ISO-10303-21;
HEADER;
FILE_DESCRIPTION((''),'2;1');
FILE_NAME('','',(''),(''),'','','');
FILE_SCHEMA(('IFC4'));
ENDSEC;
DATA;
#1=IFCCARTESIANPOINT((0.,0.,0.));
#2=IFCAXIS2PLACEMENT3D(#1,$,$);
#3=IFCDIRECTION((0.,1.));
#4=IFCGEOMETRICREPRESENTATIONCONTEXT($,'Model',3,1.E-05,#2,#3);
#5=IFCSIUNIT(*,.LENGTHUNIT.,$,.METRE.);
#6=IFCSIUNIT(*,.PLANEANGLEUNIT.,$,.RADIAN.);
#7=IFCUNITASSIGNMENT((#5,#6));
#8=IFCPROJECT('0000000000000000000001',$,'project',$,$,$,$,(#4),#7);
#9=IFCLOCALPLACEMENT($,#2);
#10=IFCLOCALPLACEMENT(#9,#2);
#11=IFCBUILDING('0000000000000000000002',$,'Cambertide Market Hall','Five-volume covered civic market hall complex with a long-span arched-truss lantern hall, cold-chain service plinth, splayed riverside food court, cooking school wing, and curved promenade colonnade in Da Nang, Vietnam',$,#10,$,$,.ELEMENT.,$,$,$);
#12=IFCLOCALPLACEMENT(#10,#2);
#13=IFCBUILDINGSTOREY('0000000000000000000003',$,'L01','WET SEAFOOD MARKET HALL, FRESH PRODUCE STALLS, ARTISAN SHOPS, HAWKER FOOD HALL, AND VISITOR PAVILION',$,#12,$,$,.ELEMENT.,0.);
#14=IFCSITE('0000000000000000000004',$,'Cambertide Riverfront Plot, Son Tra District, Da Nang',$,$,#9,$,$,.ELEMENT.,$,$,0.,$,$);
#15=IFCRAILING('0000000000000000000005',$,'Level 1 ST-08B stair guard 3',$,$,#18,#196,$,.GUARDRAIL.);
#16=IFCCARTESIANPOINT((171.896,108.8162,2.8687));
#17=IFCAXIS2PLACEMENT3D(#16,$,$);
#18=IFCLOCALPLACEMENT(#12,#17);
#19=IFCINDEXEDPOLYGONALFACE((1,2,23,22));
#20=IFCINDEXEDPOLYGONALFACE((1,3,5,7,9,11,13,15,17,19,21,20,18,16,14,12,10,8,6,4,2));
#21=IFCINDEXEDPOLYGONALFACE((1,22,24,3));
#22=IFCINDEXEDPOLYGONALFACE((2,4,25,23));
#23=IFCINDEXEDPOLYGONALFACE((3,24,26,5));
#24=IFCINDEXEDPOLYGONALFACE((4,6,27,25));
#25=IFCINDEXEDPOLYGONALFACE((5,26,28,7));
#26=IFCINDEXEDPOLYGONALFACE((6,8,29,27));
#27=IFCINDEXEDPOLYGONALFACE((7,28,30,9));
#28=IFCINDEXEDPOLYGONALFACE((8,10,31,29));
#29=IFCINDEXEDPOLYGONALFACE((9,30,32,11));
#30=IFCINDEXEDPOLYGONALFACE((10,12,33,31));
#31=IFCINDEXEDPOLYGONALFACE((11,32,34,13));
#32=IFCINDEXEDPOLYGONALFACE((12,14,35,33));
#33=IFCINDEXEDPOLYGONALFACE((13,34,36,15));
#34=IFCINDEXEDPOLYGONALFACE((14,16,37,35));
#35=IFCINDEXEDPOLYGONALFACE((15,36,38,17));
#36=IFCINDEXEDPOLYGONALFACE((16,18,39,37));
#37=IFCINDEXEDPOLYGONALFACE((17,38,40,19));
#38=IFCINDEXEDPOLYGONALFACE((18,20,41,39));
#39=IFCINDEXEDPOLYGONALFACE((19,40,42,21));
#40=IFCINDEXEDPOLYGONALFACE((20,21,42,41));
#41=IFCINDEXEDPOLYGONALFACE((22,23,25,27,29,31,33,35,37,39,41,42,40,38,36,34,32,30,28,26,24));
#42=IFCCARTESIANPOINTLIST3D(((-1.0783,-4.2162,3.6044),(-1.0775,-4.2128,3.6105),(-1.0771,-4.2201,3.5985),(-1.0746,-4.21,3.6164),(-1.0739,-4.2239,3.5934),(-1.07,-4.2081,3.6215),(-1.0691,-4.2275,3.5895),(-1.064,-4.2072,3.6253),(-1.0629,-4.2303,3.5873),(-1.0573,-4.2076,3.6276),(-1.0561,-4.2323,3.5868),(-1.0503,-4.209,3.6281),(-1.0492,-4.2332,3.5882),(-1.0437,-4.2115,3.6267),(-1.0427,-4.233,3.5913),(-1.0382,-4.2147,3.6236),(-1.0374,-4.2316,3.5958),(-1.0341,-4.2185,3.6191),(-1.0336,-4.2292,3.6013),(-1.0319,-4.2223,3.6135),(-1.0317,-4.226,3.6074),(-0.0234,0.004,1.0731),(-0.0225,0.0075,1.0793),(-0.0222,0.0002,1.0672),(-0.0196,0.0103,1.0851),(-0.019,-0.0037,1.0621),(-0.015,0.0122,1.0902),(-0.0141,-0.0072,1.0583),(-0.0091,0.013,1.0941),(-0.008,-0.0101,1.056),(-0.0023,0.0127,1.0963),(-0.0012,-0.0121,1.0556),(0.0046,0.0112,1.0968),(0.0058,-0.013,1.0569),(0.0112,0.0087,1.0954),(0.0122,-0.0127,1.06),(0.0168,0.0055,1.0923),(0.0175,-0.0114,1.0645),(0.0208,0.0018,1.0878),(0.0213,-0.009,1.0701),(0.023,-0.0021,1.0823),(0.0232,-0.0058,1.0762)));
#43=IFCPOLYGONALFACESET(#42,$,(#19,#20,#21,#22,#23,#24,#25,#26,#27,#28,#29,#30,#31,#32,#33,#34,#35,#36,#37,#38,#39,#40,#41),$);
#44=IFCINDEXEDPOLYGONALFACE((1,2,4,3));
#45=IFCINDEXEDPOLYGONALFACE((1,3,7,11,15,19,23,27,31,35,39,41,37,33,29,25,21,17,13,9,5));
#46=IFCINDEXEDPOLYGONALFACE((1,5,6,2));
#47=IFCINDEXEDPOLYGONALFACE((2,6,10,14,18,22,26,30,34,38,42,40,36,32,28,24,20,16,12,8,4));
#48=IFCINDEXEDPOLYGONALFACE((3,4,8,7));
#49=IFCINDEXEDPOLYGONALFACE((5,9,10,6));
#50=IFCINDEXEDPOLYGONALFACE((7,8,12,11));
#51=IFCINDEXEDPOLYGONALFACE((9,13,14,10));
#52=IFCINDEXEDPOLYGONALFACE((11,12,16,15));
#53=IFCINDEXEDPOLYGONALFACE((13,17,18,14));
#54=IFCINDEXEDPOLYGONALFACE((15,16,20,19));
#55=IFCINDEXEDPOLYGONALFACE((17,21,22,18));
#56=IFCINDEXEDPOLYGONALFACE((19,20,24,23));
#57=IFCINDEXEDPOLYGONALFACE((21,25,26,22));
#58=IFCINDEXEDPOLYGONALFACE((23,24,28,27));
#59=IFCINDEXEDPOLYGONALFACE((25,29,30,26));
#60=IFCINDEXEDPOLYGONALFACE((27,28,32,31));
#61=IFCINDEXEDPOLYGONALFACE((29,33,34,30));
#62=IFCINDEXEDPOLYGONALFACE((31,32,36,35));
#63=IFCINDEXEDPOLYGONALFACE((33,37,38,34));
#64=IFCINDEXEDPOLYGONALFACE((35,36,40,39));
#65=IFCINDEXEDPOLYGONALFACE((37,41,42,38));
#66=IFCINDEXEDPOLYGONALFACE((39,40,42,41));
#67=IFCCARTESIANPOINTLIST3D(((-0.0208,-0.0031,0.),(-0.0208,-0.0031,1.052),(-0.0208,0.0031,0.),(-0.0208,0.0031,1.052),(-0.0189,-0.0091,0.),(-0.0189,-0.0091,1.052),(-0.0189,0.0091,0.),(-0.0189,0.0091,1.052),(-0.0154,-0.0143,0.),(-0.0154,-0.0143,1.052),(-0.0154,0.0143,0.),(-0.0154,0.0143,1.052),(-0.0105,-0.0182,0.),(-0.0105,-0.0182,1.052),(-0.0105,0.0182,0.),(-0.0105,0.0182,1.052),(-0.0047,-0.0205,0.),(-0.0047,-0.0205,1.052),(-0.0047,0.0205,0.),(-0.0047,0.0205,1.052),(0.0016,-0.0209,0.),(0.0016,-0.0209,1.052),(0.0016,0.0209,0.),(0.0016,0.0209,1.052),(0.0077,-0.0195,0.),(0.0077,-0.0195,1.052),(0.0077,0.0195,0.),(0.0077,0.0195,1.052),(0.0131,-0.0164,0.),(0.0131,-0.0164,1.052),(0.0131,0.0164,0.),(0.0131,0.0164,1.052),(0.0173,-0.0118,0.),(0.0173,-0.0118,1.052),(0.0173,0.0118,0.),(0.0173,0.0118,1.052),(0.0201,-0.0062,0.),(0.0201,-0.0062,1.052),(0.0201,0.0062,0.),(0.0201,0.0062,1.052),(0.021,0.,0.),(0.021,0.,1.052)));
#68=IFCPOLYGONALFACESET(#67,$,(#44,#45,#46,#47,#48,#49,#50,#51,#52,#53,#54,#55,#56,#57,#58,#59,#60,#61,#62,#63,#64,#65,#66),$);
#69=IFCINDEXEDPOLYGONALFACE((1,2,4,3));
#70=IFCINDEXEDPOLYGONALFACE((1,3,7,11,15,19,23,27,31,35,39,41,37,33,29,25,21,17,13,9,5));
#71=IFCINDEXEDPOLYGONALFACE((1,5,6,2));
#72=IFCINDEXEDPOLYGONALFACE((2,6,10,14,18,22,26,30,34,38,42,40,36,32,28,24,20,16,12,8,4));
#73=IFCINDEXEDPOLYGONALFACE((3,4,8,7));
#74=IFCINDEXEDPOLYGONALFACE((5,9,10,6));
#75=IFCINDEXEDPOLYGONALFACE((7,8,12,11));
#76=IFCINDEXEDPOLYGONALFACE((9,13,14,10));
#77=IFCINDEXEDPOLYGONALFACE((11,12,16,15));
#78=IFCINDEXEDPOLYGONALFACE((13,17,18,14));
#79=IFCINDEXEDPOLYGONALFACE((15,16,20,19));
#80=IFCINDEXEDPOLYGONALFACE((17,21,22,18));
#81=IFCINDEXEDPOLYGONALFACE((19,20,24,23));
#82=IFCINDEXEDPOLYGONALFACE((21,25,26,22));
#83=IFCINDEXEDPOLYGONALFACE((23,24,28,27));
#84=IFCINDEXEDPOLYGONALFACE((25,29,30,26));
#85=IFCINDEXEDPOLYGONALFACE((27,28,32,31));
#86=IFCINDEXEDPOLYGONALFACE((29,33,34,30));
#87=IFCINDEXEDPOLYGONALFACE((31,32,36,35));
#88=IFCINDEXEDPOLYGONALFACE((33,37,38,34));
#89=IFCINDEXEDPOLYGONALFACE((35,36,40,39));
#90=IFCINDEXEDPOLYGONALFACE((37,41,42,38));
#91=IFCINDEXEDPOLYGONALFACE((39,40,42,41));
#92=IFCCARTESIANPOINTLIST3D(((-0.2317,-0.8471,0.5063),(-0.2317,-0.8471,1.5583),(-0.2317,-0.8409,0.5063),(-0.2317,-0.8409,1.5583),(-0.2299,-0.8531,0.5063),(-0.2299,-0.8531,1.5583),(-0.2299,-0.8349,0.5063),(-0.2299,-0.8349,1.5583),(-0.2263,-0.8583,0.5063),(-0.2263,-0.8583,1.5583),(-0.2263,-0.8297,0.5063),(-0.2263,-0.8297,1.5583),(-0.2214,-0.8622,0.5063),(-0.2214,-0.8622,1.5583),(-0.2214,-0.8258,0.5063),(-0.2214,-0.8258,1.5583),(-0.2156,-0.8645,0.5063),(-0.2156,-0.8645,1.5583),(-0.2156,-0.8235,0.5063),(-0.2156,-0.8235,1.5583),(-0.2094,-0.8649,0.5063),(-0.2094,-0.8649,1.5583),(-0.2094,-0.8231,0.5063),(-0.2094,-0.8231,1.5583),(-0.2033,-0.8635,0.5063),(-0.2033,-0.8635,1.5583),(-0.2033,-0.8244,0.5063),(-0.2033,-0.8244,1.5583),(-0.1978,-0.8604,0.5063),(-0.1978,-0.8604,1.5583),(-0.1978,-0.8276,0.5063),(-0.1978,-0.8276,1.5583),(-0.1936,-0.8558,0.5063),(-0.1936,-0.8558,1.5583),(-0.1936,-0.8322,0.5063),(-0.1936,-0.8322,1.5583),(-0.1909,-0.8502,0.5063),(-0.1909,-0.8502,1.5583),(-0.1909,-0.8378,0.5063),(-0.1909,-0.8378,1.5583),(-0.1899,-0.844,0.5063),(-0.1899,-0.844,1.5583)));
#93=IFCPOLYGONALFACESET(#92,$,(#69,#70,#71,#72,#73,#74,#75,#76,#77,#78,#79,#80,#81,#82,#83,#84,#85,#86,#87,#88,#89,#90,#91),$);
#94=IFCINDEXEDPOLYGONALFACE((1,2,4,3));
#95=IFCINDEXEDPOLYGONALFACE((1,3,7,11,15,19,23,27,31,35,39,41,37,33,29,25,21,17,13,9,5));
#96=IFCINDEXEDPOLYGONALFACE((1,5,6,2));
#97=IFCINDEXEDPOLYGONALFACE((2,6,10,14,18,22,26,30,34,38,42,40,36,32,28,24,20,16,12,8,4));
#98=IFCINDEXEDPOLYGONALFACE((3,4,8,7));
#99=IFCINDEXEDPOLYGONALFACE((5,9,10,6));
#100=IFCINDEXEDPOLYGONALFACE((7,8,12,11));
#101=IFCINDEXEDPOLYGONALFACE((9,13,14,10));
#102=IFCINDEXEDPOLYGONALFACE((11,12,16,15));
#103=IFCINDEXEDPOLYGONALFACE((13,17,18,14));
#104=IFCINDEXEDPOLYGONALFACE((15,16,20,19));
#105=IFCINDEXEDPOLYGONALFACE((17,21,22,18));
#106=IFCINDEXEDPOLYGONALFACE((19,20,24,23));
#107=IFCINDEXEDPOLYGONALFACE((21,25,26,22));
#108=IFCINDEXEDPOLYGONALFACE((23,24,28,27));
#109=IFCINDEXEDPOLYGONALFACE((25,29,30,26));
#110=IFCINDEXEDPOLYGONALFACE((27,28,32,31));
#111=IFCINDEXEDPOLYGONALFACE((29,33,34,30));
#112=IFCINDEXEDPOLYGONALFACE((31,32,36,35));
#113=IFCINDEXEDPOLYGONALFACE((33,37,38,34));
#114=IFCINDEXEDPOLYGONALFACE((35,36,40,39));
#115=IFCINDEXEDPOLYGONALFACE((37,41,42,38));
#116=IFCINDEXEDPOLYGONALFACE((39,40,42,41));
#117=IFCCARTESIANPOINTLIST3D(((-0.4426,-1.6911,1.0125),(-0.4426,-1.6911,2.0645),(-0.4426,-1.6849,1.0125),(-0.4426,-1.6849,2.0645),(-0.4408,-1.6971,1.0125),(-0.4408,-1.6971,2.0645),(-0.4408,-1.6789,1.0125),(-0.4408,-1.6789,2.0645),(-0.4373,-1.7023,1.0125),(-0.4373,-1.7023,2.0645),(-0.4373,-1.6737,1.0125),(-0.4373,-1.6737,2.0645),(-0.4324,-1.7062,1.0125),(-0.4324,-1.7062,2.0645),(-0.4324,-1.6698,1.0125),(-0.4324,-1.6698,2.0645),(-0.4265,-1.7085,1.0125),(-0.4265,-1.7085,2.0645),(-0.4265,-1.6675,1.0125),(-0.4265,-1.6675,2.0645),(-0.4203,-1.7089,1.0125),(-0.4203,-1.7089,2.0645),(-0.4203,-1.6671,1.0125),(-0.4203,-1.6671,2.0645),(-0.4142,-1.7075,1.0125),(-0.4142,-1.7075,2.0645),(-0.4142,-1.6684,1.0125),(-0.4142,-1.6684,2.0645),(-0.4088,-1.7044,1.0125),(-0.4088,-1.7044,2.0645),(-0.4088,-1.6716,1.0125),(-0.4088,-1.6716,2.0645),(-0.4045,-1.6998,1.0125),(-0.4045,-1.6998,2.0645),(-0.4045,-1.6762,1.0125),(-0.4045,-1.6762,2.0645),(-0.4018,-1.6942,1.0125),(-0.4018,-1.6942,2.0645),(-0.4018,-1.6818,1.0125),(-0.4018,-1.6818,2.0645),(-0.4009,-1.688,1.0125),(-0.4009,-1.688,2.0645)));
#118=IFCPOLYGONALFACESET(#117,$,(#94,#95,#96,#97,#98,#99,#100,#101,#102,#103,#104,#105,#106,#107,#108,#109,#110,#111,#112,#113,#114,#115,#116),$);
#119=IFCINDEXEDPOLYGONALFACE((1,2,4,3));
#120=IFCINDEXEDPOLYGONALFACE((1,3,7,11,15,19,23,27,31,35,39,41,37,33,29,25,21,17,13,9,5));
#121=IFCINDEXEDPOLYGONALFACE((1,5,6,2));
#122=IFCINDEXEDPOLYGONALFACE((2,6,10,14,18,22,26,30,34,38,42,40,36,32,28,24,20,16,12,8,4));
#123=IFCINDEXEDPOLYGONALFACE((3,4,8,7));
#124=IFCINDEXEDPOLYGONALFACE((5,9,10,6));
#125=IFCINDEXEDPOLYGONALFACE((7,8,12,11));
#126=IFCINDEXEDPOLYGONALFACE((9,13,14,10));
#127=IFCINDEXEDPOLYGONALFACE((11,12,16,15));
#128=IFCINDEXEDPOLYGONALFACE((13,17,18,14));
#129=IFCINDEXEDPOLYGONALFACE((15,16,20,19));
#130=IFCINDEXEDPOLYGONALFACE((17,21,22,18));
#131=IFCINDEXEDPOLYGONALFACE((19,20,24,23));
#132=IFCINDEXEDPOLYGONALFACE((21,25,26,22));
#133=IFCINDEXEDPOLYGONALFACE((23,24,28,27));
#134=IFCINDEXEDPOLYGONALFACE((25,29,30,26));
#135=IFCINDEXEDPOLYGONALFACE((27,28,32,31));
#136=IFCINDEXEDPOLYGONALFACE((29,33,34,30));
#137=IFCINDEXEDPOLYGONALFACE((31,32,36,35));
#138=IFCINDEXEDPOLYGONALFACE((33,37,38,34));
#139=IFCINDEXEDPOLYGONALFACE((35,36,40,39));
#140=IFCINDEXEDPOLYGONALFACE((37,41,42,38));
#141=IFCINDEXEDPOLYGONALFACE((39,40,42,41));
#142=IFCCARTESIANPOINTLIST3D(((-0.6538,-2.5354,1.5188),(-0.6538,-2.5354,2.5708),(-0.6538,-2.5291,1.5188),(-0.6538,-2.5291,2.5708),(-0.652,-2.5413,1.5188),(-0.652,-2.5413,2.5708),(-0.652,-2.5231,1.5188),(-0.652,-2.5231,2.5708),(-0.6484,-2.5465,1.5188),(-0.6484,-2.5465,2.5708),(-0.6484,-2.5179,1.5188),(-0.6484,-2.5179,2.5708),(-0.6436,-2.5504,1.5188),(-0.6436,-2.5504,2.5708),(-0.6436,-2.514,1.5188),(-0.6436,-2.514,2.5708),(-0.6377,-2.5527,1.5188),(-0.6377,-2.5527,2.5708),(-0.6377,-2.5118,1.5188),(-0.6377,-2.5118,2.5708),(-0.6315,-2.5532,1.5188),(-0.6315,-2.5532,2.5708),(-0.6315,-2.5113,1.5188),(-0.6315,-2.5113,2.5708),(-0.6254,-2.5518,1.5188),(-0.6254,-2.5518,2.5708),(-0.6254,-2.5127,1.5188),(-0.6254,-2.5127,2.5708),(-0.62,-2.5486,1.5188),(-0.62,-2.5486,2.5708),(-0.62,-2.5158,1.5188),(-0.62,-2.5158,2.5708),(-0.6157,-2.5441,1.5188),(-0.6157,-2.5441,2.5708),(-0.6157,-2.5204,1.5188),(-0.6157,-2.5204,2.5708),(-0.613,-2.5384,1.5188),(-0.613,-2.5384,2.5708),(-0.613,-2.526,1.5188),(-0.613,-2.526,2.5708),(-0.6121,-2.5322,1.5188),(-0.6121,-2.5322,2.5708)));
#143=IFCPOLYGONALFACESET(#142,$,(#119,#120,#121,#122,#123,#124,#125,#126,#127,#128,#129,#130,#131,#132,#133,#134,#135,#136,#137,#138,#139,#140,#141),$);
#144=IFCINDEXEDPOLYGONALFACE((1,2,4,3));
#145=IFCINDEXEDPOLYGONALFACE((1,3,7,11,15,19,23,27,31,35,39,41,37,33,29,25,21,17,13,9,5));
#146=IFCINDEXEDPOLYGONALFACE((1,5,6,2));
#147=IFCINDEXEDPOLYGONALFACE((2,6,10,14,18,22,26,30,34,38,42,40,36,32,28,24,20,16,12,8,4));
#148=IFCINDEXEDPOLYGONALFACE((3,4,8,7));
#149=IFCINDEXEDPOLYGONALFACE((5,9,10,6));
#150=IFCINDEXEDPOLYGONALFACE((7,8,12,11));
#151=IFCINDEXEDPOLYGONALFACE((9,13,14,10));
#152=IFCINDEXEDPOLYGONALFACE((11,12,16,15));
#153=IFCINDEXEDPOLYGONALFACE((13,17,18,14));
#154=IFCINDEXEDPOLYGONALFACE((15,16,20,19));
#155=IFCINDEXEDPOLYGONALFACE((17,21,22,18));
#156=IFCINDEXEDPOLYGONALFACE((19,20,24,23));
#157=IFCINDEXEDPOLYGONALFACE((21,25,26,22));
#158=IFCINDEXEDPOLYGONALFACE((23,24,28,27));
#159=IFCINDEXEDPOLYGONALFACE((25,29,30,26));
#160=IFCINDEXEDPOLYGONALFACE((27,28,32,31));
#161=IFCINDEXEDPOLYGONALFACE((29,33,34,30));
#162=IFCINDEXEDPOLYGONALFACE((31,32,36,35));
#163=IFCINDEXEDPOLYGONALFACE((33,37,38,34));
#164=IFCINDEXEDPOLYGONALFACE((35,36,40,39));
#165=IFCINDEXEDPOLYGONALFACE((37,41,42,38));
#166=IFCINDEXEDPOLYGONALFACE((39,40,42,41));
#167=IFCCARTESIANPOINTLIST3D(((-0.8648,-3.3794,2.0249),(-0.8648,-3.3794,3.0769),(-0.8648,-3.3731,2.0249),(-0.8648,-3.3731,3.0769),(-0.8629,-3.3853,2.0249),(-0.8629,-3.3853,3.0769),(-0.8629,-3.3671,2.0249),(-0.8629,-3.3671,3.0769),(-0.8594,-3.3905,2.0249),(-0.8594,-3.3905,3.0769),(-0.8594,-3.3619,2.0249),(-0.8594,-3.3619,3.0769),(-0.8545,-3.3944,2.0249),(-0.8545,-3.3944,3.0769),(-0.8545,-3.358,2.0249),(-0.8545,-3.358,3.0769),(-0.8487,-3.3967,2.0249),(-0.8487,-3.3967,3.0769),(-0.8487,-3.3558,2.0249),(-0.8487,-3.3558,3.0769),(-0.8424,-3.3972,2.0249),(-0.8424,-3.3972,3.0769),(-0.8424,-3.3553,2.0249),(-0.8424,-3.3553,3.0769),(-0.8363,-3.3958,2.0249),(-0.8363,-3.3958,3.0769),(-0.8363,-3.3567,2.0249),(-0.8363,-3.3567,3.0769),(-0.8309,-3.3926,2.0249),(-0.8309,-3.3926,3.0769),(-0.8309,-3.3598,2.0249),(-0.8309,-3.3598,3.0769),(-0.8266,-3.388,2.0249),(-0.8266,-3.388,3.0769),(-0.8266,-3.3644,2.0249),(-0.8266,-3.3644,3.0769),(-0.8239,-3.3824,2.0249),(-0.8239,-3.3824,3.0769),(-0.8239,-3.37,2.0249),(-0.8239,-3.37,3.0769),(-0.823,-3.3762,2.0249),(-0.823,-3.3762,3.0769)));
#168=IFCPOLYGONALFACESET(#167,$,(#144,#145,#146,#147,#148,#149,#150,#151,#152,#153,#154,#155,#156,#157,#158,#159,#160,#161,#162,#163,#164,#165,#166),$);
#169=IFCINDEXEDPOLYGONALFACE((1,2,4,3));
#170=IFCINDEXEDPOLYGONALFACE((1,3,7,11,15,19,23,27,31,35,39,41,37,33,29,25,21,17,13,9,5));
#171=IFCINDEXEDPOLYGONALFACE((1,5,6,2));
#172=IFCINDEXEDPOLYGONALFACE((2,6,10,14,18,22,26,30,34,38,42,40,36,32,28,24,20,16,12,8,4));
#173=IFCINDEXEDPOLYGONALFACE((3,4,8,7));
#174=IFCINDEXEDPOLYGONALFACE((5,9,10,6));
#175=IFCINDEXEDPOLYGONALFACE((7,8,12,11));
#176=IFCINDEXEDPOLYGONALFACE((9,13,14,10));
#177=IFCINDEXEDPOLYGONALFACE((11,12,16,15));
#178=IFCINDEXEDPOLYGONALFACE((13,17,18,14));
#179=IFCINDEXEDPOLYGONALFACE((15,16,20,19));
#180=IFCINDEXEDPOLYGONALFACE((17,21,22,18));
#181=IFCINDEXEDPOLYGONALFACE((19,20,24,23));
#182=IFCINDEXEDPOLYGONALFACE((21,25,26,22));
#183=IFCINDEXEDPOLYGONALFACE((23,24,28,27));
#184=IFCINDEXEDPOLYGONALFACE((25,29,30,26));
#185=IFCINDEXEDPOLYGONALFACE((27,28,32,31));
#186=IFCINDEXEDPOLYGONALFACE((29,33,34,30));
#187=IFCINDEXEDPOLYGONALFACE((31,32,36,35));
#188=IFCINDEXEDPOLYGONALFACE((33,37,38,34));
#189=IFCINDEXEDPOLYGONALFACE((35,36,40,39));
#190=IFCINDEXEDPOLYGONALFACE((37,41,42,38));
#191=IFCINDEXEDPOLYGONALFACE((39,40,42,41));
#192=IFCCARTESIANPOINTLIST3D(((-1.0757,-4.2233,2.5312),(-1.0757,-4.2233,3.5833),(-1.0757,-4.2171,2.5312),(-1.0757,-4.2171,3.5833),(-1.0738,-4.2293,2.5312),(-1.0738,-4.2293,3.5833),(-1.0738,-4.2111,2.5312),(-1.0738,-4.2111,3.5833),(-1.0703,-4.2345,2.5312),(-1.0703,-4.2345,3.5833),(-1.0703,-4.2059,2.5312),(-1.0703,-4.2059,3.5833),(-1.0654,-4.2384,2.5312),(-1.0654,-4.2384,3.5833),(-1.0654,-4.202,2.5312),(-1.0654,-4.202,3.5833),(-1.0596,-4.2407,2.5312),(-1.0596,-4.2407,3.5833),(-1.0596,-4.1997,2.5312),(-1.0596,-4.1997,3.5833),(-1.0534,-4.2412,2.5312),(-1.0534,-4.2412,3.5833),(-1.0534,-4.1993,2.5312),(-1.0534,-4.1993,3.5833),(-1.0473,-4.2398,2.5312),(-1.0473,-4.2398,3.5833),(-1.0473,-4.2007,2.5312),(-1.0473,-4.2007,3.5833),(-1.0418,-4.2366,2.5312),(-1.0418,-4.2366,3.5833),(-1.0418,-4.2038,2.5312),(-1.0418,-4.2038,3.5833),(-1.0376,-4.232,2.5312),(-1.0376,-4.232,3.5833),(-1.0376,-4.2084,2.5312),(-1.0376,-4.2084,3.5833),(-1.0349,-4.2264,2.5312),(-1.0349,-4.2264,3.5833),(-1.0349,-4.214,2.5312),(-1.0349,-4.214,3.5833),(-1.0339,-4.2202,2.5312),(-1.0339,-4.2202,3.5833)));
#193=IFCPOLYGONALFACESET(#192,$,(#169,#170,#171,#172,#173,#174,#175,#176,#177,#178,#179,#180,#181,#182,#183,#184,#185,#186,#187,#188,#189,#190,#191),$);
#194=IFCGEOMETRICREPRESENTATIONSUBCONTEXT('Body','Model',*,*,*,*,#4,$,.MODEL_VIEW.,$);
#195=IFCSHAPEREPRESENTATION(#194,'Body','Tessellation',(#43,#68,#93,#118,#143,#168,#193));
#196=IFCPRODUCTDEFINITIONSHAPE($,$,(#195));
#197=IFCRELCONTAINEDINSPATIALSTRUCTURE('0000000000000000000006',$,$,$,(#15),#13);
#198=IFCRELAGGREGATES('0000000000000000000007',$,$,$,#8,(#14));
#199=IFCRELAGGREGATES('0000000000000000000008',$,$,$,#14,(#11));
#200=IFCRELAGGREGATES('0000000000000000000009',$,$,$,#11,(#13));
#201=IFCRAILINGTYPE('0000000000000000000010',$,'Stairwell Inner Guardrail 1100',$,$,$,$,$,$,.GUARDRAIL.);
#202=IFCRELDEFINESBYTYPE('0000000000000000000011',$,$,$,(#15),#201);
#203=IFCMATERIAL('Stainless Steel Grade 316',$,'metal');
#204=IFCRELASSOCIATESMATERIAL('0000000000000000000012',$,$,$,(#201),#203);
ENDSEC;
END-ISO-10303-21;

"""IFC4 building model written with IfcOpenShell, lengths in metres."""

from ifc_helpers import new_model, si_unit, direction, frame, origin, origin_2d, place, context, subcontext, project, spatial, circle, extrude, material, type_object, element, save


model = new_model("IFC4")

# Units and contexts
model_context = context("Model", 3, precision=1e-05, world=origin(), true_north=direction((0.0, 1.0)))
body_context = subcontext(model_context, "Body", "Model", "MODEL_VIEW")
ifc_project = project(units=[si_unit("LENGTHUNIT", "METRE"), si_unit("PLANEANGLEUNIT", "RADIAN")], contexts=[model_context])

# Site, building, storey
site_placement = place(None, origin())
site = spatial("IfcSite", under=ifc_project, at=site_placement, Name="Cambertide Riverfront Plot, Son Tra District, Da Nang", CompositionType="ELEMENT", RefElevation=0.0)
building_placement = place(site_placement, origin())
building = spatial("IfcBuilding", under=site, at=building_placement, Name="Cambertide Market Hall", Description="Five-volume covered civic market hall complex with a long-span arched-truss lantern hall, cold-chain service plinth, splayed riverside food court, cooking school wing, and curved promenade colonnade in Da Nang, Vietnam", CompositionType="ELEMENT")
storey_placement = place(building_placement, origin())
storey = spatial("IfcBuildingStorey", under=building, at=storey_placement, Name="L01", Description="WET SEAFOOD MARKET HALL, FRESH PRODUCE STALLS, ARTISAN SHOPS, HAWKER FOOD HALL, AND VISITOR PAVILION", CompositionType="ELEMENT", Elevation=0.0)

# Railing
ifc_material_1 = material(Name="Stainless Steel Grade 316", Category="metal")
railing_type_1 = type_object("IfcRailingType", Name="Stairwell Inner Guardrail 1100", PredefinedType="GUARDRAIL", material=ifc_material_1)
railing_1_placement = place(storey_placement, frame((171.896, 108.8162, 2.8687)))
element("IfcRailing", 1, at=railing_1_placement, inside=storey, type_object=railing_type_1, Name="Level 1 ST-08B stair guard 3", PredefinedType="GUARDRAIL", context=body_context, shape_type="SweptSolid", body=[
    extrude(circle(Radius=0.0239, at=origin_2d()), frame((0.0, 0.0, 1.0762), z_axis=(-0.209606, -0.838522, 0.502938), x_axis=(0.970149, -0.242509, 0.0)), (0.0, 0.0, 1.0), 5.033),
    extrude(circle(Radius=0.021, at=origin_2d()), origin(), (0.0, 0.0, 1.0), 1.052),
    extrude(circle(Radius=0.021, at=origin_2d()), frame((-0.2109, -0.844, 0.5063)), (0.0, 0.0, 1.0), 1.052),
    extrude(circle(Radius=0.021, at=origin_2d()), frame((-0.4219, -1.688, 1.0125)), (0.0, 0.0, 1.0), 1.052),
    extrude(circle(Radius=0.021, at=origin_2d()), frame((-0.6331, -2.5322, 1.5188)), (0.0, 0.0, 1.0), 1.052),
    extrude(circle(Radius=0.021, at=origin_2d()), frame((-0.844, -3.3762, 2.0249)), (0.0, 0.0, 1.0), 1.052),
    extrude(circle(Radius=0.021, at=origin_2d()), frame((-1.0549, -4.2202, 2.5312)), (0.0, 0.0, 1.0), 1.052),
])

save(model, "model.ifc")
